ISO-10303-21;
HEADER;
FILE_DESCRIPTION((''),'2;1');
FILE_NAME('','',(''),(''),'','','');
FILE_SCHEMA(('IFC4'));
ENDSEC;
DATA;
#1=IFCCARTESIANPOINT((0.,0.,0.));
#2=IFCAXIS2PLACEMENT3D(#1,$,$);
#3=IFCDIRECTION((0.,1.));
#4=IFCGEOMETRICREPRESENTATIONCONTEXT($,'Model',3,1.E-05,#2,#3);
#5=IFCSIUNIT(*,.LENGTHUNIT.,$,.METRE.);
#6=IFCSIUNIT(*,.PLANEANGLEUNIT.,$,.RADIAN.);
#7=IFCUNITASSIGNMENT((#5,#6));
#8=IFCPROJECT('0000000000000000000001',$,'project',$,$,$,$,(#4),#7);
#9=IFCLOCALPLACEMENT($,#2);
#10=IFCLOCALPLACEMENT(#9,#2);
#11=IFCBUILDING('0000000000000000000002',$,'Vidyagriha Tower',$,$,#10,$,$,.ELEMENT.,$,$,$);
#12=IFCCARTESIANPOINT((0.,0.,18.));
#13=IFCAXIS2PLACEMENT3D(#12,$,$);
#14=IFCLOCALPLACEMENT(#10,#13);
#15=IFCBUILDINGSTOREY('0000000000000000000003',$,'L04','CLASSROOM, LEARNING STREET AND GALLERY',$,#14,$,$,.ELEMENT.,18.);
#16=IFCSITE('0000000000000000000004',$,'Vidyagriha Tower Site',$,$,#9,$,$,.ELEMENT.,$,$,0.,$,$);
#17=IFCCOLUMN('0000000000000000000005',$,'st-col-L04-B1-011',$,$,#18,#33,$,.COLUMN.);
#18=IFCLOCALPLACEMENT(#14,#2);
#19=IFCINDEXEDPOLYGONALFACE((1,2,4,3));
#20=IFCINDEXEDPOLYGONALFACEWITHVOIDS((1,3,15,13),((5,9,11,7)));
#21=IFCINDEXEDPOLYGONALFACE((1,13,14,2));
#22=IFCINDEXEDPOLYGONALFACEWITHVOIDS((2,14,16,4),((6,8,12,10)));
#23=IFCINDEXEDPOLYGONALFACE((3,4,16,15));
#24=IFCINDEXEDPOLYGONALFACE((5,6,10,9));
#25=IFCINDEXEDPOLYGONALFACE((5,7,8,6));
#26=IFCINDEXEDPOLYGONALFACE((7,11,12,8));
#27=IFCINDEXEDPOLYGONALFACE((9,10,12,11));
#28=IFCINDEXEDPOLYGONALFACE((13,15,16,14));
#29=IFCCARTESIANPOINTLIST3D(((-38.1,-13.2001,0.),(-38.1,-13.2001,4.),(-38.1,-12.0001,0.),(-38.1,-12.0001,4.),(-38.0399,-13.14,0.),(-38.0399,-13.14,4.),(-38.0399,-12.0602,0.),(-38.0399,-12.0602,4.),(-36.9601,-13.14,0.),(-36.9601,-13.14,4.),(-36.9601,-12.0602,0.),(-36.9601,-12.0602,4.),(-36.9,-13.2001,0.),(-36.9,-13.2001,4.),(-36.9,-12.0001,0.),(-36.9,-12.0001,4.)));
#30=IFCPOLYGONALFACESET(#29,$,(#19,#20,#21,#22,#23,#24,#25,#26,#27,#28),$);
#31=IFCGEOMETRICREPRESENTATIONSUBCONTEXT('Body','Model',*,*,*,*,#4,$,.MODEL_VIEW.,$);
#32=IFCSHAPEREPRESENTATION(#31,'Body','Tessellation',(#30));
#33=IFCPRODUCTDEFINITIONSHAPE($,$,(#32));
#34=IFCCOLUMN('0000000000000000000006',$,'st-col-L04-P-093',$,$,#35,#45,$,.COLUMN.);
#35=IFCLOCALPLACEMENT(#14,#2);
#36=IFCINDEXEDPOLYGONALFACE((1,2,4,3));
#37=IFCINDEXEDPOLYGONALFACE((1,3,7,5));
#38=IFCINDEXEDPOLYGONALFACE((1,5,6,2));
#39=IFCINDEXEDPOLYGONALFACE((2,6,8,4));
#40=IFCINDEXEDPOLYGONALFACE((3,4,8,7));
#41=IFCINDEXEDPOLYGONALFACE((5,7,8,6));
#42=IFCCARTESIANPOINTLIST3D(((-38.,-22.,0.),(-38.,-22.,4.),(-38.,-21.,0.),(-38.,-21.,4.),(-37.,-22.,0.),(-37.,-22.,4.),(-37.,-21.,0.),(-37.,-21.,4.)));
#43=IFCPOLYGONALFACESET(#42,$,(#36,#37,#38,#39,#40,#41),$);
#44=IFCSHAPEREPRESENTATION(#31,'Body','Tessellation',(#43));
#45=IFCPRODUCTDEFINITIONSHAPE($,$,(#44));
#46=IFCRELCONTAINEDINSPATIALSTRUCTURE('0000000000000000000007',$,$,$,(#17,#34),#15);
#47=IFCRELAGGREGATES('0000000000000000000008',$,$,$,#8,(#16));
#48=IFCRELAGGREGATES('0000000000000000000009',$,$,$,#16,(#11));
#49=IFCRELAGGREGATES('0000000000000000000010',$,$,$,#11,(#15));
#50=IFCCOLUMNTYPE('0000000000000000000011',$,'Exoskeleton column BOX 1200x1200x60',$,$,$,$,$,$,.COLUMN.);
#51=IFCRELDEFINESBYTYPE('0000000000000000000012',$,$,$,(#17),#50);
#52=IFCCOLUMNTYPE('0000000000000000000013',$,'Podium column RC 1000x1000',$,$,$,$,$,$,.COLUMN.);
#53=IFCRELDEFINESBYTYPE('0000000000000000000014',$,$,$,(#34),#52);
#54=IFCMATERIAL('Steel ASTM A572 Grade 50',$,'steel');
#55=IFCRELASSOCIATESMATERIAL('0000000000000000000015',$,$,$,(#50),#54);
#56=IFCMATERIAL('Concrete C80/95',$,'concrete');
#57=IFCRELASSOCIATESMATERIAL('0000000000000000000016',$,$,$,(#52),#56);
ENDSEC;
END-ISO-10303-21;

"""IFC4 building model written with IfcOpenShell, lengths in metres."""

from ifc_helpers import new_model, si_unit, direction, frame, origin, origin_2d, place, context, subcontext, project, spatial, rectangle, hollow_rectangle, extrude, material, material_profile, profile_set, type_object, element, save


model = new_model("IFC4")

# Units and contexts
model_context = context("Model", 3, precision=1e-05, world=origin(), true_north=direction((0.0, 1.0)))
body_context = subcontext(model_context, "Body", "Model", "MODEL_VIEW")
ifc_project = project(units=[si_unit("LENGTHUNIT", "METRE"), si_unit("PLANEANGLEUNIT", "RADIAN")], contexts=[model_context])

# Site, building, storey
site_placement = place(None, origin())
site = spatial("IfcSite", under=ifc_project, at=site_placement, Name="Vidyagriha Tower Site", CompositionType="ELEMENT", RefElevation=0.0)
building_placement = place(site_placement, origin())
building = spatial("IfcBuilding", under=site, at=building_placement, Name="Vidyagriha Tower", CompositionType="ELEMENT")
storey_placement = place(building_placement, frame((0.0, 0.0, 18.0)))
storey = spatial("IfcBuildingStorey", under=building, at=storey_placement, Name="L04", Description="CLASSROOM, LEARNING STREET AND GALLERY", CompositionType="ELEMENT", Elevation=18.0)

# Columns
ifc_material_1 = material(Name="Steel ASTM A572 Grade 50", Category="steel")
ifc_material_profile_1 = material_profile(ifc_material_1, hollow_rectangle(XDim=1.2, YDim=1.2, WallThickness=0.0601, at=origin_2d()), Name="BOX 1200x1200x60")
ifc_profile_set_1 = profile_set([ifc_material_profile_1], Name="Steel ASTM A572 Grade 50")
column_type_1 = type_object("IfcColumnType", Name="Exoskeleton column BOX 1200x1200x60", PredefinedType="COLUMN", material=ifc_profile_set_1)
column_1_placement = place(storey_placement, frame((-37.5, -12.6001, 0.0)))
element("IfcColumn", 1, at=column_1_placement, inside=storey, type_object=column_type_1, Name="st-col-L04-B1-011", PredefinedType="COLUMN", context=body_context, shape_type="SweptSolid", body=[
    extrude(hollow_rectangle(XDim=1.2, YDim=1.2, WallThickness=0.0601, at=origin_2d()), origin(), (0.0, 0.0, 1.0), 4.0),
])
ifc_material_2 = material(Name="Concrete C80/95", Category="concrete")
ifc_material_profile_2 = material_profile(ifc_material_2, rectangle(XDim=1.0, YDim=1.0, at=origin_2d()), Name="RC 1000x1000")
ifc_profile_set_2 = profile_set([ifc_material_profile_2], Name="Concrete C80/95")
column_type_2 = type_object("IfcColumnType", Name="Podium column RC 1000x1000", PredefinedType="COLUMN", material=ifc_profile_set_2)
column_2_placement = place(storey_placement, frame((-37.5, -21.5, 0.0)))
element("IfcColumn", 2, at=column_2_placement, inside=storey, type_object=column_type_2, Name="st-col-L04-P-093", PredefinedType="COLUMN", context=body_context, shape_type="SweptSolid", body=[
    extrude(rectangle(XDim=1.0, YDim=1.0, at=origin_2d()), origin(), (0.0, 0.0, 1.0), 4.0),
])

save(model, "model.ifc")
